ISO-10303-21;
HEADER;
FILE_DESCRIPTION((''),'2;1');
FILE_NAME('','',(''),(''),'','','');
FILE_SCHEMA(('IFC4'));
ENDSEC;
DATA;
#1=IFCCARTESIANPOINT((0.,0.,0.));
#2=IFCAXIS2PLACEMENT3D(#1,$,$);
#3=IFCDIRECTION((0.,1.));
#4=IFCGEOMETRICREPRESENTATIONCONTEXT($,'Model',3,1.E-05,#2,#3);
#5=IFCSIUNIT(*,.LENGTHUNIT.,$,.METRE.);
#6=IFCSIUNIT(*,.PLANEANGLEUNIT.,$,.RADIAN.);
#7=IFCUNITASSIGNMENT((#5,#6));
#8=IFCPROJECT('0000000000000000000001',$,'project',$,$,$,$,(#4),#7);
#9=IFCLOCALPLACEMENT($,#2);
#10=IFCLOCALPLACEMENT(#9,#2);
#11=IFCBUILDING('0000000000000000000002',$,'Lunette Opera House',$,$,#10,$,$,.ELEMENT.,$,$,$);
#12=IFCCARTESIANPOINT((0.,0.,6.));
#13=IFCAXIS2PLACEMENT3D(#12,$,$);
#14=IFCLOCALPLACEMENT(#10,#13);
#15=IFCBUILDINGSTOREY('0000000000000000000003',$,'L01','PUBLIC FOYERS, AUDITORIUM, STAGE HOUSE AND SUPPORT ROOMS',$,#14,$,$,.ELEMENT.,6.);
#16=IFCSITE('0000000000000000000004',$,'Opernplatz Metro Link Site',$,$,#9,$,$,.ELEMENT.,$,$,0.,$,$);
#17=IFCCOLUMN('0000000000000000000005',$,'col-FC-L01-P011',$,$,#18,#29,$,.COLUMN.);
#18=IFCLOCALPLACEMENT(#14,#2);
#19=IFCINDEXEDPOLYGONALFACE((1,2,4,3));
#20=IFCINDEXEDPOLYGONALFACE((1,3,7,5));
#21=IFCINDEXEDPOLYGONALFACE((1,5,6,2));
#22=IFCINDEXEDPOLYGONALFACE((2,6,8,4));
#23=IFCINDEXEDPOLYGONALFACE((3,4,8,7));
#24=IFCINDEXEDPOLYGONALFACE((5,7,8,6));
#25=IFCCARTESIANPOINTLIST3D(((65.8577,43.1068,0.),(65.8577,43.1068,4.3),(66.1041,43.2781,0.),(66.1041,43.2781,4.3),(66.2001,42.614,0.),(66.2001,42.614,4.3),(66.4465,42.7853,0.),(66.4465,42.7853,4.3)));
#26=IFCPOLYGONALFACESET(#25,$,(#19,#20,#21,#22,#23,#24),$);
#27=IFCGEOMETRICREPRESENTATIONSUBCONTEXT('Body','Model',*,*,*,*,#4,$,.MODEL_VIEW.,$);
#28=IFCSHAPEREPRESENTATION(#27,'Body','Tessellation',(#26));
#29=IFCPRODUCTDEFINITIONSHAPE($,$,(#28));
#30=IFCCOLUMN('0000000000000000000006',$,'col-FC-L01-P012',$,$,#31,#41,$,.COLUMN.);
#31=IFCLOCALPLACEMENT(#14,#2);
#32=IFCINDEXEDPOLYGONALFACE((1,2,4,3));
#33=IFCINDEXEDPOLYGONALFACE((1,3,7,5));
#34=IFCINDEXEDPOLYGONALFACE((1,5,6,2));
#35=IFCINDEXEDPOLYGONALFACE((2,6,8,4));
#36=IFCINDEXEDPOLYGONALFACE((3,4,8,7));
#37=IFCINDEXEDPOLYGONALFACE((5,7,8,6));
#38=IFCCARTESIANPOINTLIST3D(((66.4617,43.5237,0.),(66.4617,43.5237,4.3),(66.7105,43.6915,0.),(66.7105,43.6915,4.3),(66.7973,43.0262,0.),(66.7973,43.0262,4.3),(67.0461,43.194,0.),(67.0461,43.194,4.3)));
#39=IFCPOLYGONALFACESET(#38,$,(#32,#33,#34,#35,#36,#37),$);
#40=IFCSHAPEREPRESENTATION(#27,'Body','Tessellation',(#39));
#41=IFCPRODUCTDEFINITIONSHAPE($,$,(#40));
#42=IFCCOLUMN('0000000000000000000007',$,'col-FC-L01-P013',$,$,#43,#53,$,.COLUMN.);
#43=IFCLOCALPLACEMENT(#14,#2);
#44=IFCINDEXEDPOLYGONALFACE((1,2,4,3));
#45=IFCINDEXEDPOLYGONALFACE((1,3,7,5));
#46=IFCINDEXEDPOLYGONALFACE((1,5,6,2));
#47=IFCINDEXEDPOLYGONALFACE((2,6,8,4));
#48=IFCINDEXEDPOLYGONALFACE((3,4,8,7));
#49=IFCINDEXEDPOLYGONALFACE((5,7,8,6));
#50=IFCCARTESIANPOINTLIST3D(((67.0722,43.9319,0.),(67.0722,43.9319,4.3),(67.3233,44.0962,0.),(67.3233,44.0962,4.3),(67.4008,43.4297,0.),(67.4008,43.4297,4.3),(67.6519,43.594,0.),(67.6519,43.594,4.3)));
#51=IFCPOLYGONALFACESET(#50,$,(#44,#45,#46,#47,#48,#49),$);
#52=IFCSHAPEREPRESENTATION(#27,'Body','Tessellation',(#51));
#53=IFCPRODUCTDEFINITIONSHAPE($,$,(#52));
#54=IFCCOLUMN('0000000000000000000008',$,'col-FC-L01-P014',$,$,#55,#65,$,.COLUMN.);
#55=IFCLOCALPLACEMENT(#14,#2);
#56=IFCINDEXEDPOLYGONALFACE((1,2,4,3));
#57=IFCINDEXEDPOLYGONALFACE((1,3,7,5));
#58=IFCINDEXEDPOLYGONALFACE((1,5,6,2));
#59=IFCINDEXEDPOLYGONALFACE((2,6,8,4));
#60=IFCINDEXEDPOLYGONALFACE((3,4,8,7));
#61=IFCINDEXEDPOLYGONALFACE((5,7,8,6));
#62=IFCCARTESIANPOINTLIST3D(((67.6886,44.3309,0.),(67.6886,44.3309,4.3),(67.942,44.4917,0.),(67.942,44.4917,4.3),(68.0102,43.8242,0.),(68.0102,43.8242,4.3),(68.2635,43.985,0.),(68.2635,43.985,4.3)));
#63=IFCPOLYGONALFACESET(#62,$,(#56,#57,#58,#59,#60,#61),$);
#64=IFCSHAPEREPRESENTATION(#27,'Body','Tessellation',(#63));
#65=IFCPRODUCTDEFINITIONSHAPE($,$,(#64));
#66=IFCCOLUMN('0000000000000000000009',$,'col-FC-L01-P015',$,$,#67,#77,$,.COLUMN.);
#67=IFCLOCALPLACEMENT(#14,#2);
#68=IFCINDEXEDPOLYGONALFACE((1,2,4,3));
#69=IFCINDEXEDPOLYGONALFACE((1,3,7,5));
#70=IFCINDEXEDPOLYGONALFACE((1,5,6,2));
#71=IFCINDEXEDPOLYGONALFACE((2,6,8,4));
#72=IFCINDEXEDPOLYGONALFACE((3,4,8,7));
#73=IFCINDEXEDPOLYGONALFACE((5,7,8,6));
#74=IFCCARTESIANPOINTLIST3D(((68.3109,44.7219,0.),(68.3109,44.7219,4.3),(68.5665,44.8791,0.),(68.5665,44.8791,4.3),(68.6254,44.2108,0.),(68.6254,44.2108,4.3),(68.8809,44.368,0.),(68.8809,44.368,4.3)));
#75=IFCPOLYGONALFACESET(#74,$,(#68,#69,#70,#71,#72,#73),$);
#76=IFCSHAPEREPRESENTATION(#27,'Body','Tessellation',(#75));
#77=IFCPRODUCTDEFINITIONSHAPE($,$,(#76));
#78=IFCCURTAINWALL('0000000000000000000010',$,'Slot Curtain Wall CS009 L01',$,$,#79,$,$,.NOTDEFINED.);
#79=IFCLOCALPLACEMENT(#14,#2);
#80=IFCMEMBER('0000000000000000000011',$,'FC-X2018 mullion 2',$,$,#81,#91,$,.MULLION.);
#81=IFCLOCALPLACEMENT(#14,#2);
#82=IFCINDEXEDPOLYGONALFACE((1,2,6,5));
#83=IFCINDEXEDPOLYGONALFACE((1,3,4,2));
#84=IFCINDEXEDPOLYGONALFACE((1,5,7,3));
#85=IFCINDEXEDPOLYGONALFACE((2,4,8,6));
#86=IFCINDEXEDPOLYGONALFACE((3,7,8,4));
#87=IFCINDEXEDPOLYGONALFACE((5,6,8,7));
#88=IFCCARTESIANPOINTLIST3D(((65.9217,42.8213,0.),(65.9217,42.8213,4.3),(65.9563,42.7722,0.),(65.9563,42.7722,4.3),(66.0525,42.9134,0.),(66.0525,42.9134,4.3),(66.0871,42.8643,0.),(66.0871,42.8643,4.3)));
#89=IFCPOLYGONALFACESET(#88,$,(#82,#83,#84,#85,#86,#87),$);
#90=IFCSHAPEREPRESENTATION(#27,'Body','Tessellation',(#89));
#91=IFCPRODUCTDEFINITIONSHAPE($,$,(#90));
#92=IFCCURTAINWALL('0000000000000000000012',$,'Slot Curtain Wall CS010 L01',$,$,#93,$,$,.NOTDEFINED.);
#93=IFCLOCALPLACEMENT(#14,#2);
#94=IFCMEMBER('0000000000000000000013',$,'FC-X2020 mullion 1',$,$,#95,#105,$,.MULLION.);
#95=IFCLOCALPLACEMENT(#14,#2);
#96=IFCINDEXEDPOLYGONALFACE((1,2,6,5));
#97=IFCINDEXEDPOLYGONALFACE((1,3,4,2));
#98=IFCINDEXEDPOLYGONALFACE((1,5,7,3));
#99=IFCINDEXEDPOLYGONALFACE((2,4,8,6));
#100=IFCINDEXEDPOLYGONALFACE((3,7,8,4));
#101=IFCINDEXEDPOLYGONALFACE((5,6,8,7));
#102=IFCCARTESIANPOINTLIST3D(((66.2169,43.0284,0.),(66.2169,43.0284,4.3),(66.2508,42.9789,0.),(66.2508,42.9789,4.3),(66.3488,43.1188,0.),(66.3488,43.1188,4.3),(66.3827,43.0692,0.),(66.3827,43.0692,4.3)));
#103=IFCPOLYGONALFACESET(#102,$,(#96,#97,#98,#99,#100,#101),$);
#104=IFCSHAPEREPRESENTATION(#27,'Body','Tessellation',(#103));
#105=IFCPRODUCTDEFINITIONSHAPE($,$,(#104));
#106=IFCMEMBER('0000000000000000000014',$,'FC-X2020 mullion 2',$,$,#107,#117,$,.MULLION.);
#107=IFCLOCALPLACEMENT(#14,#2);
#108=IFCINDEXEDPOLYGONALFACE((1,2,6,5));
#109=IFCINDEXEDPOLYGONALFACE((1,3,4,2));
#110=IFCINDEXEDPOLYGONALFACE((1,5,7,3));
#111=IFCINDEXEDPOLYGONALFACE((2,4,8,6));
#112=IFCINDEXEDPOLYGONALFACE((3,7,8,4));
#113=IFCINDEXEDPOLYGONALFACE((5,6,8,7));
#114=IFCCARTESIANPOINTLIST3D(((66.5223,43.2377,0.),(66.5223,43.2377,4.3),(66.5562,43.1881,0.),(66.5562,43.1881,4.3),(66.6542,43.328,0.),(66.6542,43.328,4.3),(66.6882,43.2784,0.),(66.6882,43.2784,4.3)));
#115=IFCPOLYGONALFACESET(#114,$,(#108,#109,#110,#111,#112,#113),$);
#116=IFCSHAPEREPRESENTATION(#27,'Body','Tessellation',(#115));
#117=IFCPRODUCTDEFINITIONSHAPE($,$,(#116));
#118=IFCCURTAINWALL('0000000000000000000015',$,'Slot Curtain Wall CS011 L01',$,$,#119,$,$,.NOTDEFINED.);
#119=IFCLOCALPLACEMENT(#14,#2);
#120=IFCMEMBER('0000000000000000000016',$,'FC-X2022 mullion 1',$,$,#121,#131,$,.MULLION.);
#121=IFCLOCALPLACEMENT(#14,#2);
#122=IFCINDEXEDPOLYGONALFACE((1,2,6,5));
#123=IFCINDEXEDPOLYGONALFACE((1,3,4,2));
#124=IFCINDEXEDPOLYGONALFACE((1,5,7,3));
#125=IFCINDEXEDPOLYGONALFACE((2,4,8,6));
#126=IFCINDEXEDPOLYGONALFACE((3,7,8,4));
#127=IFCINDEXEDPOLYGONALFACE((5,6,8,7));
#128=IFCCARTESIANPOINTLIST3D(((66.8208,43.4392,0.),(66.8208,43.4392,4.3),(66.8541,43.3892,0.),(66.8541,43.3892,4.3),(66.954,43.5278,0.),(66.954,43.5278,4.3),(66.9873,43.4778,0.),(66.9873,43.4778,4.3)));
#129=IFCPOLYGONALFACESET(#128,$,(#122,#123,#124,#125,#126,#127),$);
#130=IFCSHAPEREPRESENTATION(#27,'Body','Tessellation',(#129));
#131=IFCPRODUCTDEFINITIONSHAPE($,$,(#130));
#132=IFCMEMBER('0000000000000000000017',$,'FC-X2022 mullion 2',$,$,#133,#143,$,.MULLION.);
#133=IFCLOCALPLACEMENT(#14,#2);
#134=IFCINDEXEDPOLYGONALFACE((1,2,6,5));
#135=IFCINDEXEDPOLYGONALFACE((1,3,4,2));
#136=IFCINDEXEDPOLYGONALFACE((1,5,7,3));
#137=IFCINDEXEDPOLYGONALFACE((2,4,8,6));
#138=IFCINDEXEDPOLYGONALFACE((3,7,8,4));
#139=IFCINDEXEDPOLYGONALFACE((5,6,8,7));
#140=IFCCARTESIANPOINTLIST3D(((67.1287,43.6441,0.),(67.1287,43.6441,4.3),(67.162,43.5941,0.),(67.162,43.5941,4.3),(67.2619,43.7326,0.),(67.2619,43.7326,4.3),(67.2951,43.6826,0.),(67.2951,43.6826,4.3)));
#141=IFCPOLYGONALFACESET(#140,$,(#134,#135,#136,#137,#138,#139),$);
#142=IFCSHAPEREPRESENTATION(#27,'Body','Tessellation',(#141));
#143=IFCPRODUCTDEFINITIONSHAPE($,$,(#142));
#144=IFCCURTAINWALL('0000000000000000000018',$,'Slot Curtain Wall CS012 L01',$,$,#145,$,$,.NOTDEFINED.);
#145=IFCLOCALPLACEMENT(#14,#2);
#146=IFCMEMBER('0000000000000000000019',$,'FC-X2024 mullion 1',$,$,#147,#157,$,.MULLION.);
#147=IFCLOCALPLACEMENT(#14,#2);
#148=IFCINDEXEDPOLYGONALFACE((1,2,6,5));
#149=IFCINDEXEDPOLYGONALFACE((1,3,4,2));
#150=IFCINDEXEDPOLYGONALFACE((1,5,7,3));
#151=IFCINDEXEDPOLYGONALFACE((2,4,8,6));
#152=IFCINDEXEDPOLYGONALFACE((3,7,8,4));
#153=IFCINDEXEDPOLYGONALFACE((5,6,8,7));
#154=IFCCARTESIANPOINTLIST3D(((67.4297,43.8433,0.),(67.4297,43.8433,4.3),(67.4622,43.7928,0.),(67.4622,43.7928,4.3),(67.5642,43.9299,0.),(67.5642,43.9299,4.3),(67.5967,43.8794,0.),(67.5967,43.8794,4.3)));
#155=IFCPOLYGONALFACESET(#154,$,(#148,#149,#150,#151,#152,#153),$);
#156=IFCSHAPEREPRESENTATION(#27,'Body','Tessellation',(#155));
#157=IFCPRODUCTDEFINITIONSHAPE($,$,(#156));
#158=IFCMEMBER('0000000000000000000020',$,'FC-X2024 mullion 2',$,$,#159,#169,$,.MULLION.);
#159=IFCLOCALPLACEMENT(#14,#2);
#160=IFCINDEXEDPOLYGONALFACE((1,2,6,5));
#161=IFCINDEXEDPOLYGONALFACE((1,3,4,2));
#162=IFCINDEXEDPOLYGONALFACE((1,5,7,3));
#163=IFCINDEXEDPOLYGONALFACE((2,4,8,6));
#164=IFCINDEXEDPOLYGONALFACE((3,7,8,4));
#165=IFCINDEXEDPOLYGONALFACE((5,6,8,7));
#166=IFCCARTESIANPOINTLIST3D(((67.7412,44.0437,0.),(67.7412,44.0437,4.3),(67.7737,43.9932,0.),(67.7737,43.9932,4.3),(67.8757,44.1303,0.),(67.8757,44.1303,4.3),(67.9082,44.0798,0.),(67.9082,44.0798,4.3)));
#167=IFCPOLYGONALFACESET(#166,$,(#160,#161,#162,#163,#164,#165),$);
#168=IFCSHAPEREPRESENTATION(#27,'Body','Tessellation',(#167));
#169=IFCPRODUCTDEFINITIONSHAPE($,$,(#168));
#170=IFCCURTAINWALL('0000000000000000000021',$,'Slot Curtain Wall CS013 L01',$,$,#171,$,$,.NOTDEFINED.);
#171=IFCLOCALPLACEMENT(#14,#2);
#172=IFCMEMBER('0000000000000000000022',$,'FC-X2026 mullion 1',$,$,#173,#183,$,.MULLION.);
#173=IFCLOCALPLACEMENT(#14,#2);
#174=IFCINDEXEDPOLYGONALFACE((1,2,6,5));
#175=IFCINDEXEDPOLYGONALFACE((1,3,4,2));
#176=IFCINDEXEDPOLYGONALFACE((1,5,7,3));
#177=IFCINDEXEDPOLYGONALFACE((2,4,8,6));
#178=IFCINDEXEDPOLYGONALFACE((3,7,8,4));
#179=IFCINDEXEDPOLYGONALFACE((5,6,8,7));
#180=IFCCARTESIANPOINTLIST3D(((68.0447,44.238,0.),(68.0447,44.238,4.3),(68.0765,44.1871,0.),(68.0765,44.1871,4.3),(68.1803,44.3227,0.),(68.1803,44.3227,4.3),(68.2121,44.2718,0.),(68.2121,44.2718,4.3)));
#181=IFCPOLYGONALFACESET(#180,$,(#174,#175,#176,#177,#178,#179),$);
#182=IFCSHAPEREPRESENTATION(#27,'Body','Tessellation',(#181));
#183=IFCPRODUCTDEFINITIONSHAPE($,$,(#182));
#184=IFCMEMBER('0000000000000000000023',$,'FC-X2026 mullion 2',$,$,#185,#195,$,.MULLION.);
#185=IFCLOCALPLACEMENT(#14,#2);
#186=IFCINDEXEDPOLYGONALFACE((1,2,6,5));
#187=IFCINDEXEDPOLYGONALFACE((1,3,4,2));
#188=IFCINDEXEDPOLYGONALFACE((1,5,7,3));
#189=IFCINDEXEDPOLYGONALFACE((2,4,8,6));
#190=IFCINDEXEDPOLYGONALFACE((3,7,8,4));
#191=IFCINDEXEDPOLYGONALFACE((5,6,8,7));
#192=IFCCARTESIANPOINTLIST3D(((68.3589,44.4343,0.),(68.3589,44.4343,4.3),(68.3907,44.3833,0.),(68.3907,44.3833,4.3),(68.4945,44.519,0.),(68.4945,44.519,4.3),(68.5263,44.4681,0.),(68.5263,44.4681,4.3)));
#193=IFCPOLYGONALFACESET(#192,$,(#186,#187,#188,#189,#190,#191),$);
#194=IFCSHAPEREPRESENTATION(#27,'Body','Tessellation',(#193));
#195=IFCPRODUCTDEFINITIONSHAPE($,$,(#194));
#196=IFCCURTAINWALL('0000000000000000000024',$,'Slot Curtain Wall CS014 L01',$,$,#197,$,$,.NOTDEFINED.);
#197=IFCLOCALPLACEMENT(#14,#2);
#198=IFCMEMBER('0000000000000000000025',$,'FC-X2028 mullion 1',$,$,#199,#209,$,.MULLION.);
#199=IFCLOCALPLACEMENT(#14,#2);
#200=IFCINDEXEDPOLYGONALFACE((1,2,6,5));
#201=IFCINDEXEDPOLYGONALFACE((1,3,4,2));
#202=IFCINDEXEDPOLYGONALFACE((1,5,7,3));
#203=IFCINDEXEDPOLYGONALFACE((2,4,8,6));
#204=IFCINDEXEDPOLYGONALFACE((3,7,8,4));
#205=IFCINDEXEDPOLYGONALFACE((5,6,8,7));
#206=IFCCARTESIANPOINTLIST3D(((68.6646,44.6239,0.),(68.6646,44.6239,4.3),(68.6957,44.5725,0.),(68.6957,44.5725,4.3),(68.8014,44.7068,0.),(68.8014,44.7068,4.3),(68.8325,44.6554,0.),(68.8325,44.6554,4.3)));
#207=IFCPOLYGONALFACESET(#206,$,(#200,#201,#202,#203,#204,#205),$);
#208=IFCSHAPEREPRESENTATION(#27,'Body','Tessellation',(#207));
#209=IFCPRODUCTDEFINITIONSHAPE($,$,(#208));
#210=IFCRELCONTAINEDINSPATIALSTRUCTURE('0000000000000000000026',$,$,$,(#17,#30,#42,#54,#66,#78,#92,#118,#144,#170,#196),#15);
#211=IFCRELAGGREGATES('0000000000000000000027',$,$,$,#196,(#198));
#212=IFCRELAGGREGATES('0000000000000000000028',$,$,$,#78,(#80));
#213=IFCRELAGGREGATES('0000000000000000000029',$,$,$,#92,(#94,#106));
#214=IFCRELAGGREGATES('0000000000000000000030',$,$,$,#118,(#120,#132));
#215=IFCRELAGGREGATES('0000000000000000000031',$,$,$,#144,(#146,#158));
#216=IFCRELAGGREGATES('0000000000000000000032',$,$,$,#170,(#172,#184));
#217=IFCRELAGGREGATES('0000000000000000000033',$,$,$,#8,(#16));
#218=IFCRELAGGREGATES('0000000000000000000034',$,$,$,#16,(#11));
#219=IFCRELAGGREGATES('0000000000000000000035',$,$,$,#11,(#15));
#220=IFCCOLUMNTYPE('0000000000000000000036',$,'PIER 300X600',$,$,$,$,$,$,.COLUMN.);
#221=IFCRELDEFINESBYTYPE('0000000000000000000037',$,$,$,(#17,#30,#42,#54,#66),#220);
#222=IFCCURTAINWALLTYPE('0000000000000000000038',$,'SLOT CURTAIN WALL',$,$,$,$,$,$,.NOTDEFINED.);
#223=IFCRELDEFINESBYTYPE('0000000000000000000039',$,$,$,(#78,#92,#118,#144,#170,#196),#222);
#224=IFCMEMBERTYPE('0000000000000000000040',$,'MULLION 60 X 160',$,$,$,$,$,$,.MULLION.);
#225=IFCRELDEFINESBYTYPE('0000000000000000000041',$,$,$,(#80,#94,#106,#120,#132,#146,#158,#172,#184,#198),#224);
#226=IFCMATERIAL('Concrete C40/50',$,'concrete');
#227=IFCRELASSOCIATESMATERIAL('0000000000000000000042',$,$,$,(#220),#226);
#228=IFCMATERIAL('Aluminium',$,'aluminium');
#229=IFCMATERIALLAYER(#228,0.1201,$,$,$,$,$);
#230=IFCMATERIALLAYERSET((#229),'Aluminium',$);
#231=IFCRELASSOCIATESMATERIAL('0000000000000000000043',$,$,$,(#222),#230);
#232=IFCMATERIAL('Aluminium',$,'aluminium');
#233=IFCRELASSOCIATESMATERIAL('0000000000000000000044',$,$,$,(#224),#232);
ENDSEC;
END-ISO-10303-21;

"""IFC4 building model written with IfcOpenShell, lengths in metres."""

from ifc_helpers import new_model, si_unit, direction, frame, origin, origin_2d, place, context, subcontext, project, spatial, rectangle, extrude, material, layer, layer_set, material_profile, profile_set, type_object, element, aggregate, save


model = new_model("IFC4")

# Units and contexts
model_context = context("Model", 3, precision=1e-05, world=origin(), true_north=direction((0.0, 1.0)))
body_context = subcontext(model_context, "Body", "Model", "MODEL_VIEW")
ifc_project = project(units=[si_unit("LENGTHUNIT", "METRE"), si_unit("PLANEANGLEUNIT", "RADIAN")], contexts=[model_context])

# Site, building, storey
site_placement = place(None, origin())
site = spatial("IfcSite", under=ifc_project, at=site_placement, Name="Opernplatz Metro Link Site", CompositionType="ELEMENT", RefElevation=0.0)
building_placement = place(site_placement, origin())
building = spatial("IfcBuilding", under=site, at=building_placement, Name="Lunette Opera House", CompositionType="ELEMENT")
storey_placement = place(building_placement, frame((0.0, 0.0, 6.0)))
storey = spatial("IfcBuildingStorey", under=building, at=storey_placement, Name="L01", Description="PUBLIC FOYERS, AUDITORIUM, STAGE HOUSE AND SUPPORT ROOMS", CompositionType="ELEMENT", Elevation=6.0)

# Columns
ifc_material_1 = material(Name="Concrete C40/50", Category="concrete")
ifc_material_profile_1 = material_profile(ifc_material_1, rectangle(XDim=0.3, YDim=0.6001, at=origin_2d()), Name="PIER 300X600")
ifc_profile_set_1 = profile_set([ifc_material_profile_1], Name="Concrete C40/50")
column_type = type_object("IfcColumnType", Name="PIER 300X600", PredefinedType="COLUMN", material=ifc_profile_set_1)
for number, where, z_axis, x_axis, name in (
    (1, (66.1521, 42.946, 0.0), (0.0, 0.0, 1.0), (0.821149, 0.570714, 0.0), "col-FC-L01-P011"),
    (2, (66.7539, 43.3589, 0.0), (0.0, 0.0, 1.0), (0.829038, 0.559193, 0.0), "col-FC-L01-P012"),
    (3, (67.3621, 43.7629, 0.0), (0.0, 0.0, 1.0), (0.836764, 0.547563, 0.0), "col-FC-L01-P013"),
    (4, (67.9761, 44.158, 0.0), (0.0, 0.0, 1.0), (0.844328, 0.535827, 0.0), "col-FC-L01-P014"),
    (5, (68.5959, 44.5449, 0.0), (0.0, 0.0, 1.0), (0.851727, 0.523986, 0.0), "col-FC-L01-P015"),
):
    element("IfcColumn", number, at=place(storey_placement, frame(where, z_axis=z_axis, x_axis=x_axis)), inside=storey, type_object=column_type, Name=name, PredefinedType="COLUMN", context=body_context, shape_type="SweptSolid", body=[
        extrude(rectangle(XDim=0.3, YDim=0.6001, at=origin_2d()), origin(), (0.0, 0.0, 1.0), 4.3),
    ])

# Curtain wall, member
ifc_material_2 = material(Name="Aluminium", Category="aluminium")
ifc_layer_1 = layer(ifc_material_2, 0.1201)
ifc_layer_set_1 = layer_set([ifc_layer_1], Name="Aluminium")
curtain_wall_type = type_object("IfcCurtainWallType", Name="SLOT CURTAIN WALL", PredefinedType="NOTDEFINED", material=ifc_layer_set_1)
curtain_wall_1_placement = place(storey_placement, origin())
curtain_wall_1 = element("IfcCurtainWall", 6, at=curtain_wall_1_placement, inside=storey, type_object=curtain_wall_type, Name="Slot Curtain Wall CS009 L01", PredefinedType="NOTDEFINED")
ifc_material_3 = material(Name="Aluminium", Category="aluminium")
ifc_material_profile_2 = material_profile(ifc_material_3, rectangle(XDim=0.0601, YDim=0.1599, at=origin_2d()), Name="MULLION 60 X 160")
ifc_profile_set_2 = profile_set([ifc_material_profile_2], Name="Aluminium")
member_type_1 = type_object("IfcMemberType", Name="MULLION 60 X 160", PredefinedType="MULLION", material=ifc_profile_set_2)
member_1_placement = place(storey_placement, frame((66.0044, 42.8428, 0.0), z_axis=(0.0, 0.0, 1.0), x_axis=(-0.575954, 0.817482, 0.0)))
member_1 = element("IfcMember", 7, at=member_1_placement, type_object=member_type_1, Name="FC-X2018 mullion 2", PredefinedType="MULLION", context=body_context, shape_type="SweptSolid", body=[
    extrude(rectangle(XDim=0.0601, YDim=0.1599, at=origin_2d()), origin(), (0.0, 0.0, 1.0), 4.3),
])

# Curtain walls, members
curtain_wall_2_placement = place(storey_placement, origin())
curtain_wall_2 = element("IfcCurtainWall", 8, at=curtain_wall_2_placement, inside=storey, type_object=curtain_wall_type, Name="Slot Curtain Wall CS010 L01", PredefinedType="NOTDEFINED")
member_2_placement = place(storey_placement, frame((66.2998, 43.0488, 0.0), z_axis=(0.0, 0.0, 1.0), x_axis=(-0.564851, 0.825193, 0.0)))
member_2 = element("IfcMember", 9, at=member_2_placement, type_object=member_type_1, Name="FC-X2020 mullion 1", PredefinedType="MULLION", context=body_context, shape_type="SweptSolid", body=[
    extrude(rectangle(XDim=0.0601, YDim=0.1599, at=origin_2d()), origin(), (0.0, 0.0, 1.0), 4.3),
])
member_3_placement = place(storey_placement, frame((66.6052, 43.2581, 0.0), z_axis=(0.0, 0.0, 1.0), x_axis=(-0.564851, 0.825193, 0.0)))
member_3 = element("IfcMember", 10, at=member_3_placement, type_object=member_type_1, Name="FC-X2020 mullion 2", PredefinedType="MULLION", context=body_context, shape_type="SweptSolid", body=[
    extrude(rectangle(XDim=0.0601, YDim=0.1599, at=origin_2d()), origin(), (0.0, 0.0, 1.0), 4.3),
])
curtain_wall_3_placement = place(storey_placement, origin())
curtain_wall_3 = element("IfcCurtainWall", 11, at=curtain_wall_3_placement, inside=storey, type_object=curtain_wall_type, Name="Slot Curtain Wall CS011 L01", PredefinedType="NOTDEFINED")
member_4_placement = place(storey_placement, frame((66.9041, 43.4585, 0.0), z_axis=(0.0, 0.0, 1.0), x_axis=(-0.553626, 0.832765, 0.0)))
member_4 = element("IfcMember", 12, at=member_4_placement, type_object=member_type_1, Name="FC-X2022 mullion 1", PredefinedType="MULLION", context=body_context, shape_type="SweptSolid", body=[
    extrude(rectangle(XDim=0.0601, YDim=0.1599, at=origin_2d()), origin(), (0.0, 0.0, 1.0), 4.3),
])
member_5_placement = place(storey_placement, frame((67.2119, 43.6633, 0.0), z_axis=(0.0, 0.0, 1.0), x_axis=(-0.553626, 0.832765, 0.0)))
member_5 = element("IfcMember", 13, at=member_5_placement, type_object=member_type_1, Name="FC-X2022 mullion 2", PredefinedType="MULLION", context=body_context, shape_type="SweptSolid", body=[
    extrude(rectangle(XDim=0.0601, YDim=0.1599, at=origin_2d()), origin(), (0.0, 0.0, 1.0), 4.3),
])
curtain_wall_4_placement = place(storey_placement, origin())
curtain_wall_4 = element("IfcCurtainWall", 14, at=curtain_wall_4_placement, inside=storey, type_object=curtain_wall_type, Name="Slot Curtain Wall CS012 L01", PredefinedType="NOTDEFINED")
member_6_placement = place(storey_placement, frame((67.5132, 43.8613, 0.0), z_axis=(0.0, 0.0, 1.0), x_axis=(-0.541227, 0.840876, 0.0)))
member_6 = element("IfcMember", 15, at=member_6_placement, type_object=member_type_1, Name="FC-X2024 mullion 1", PredefinedType="MULLION", context=body_context, shape_type="SweptSolid", body=[
    extrude(rectangle(XDim=0.0601, YDim=0.1599, at=origin_2d()), origin(), (0.0, 0.0, 1.0), 4.3),
])
member_7_placement = place(storey_placement, frame((67.8247, 44.0618, 0.0), z_axis=(0.0, 0.0, 1.0), x_axis=(-0.541227, 0.840876, 0.0)))
member_7 = element("IfcMember", 16, at=member_7_placement, type_object=member_type_1, Name="FC-X2024 mullion 2", PredefinedType="MULLION", context=body_context, shape_type="SweptSolid", body=[
    extrude(rectangle(XDim=0.0601, YDim=0.1599, at=origin_2d()), origin(), (0.0, 0.0, 1.0), 4.3),
])
curtain_wall_5_placement = place(storey_placement, origin())
curtain_wall_5 = element("IfcCurtainWall", 17, at=curtain_wall_5_placement, inside=storey, type_object=curtain_wall_type, Name="Slot Curtain Wall CS013 L01", PredefinedType="NOTDEFINED")
member_8_placement = place(storey_placement, frame((68.1284, 44.2549, 0.0), z_axis=(0.0, 0.0, 1.0), x_axis=(-0.52979, 0.848129, 0.0)))
member_8 = element("IfcMember", 18, at=member_8_placement, type_object=member_type_1, Name="FC-X2026 mullion 1", PredefinedType="MULLION", context=body_context, shape_type="SweptSolid", body=[
    extrude(rectangle(XDim=0.0601, YDim=0.1599, at=origin_2d()), origin(), (0.0, 0.0, 1.0), 4.3),
])
member_9_placement = place(storey_placement, frame((68.4426, 44.4512, 0.0), z_axis=(0.0, 0.0, 1.0), x_axis=(-0.52979, 0.848129, 0.0)))
member_9 = element("IfcMember", 19, at=member_9_placement, type_object=member_type_1, Name="FC-X2026 mullion 2", PredefinedType="MULLION", context=body_context, shape_type="SweptSolid", body=[
    extrude(rectangle(XDim=0.0601, YDim=0.1599, at=origin_2d()), origin(), (0.0, 0.0, 1.0), 4.3),
])

# Curtain wall, member
curtain_wall_6_placement = place(storey_placement, origin())
curtain_wall_6 = element("IfcCurtainWall", 20, at=curtain_wall_6_placement, inside=storey, type_object=curtain_wall_type, Name="Slot Curtain Wall CS014 L01", PredefinedType="NOTDEFINED")
member_10_placement = place(storey_placement, frame((68.7485, 44.6396, 0.0), z_axis=(0.0, 0.0, 1.0), x_axis=(-0.51825, 0.855229, 0.0)))
member_10 = element("IfcMember", 21, at=member_10_placement, type_object=member_type_1, Name="FC-X2028 mullion 1", PredefinedType="MULLION", context=body_context, shape_type="SweptSolid", body=[
    extrude(rectangle(XDim=0.0601, YDim=0.1599, at=origin_2d()), origin(), (0.0, 0.0, 1.0), 4.3),
])

aggregate(curtain_wall_6, [member_10])

aggregate(curtain_wall_1, [member_1])
aggregate(curtain_wall_2, [member_2, member_3])
aggregate(curtain_wall_3, [member_4, member_5])
aggregate(curtain_wall_4, [member_6, member_7])
aggregate(curtain_wall_5, [member_8, member_9])

save(model, "model.ifc")
